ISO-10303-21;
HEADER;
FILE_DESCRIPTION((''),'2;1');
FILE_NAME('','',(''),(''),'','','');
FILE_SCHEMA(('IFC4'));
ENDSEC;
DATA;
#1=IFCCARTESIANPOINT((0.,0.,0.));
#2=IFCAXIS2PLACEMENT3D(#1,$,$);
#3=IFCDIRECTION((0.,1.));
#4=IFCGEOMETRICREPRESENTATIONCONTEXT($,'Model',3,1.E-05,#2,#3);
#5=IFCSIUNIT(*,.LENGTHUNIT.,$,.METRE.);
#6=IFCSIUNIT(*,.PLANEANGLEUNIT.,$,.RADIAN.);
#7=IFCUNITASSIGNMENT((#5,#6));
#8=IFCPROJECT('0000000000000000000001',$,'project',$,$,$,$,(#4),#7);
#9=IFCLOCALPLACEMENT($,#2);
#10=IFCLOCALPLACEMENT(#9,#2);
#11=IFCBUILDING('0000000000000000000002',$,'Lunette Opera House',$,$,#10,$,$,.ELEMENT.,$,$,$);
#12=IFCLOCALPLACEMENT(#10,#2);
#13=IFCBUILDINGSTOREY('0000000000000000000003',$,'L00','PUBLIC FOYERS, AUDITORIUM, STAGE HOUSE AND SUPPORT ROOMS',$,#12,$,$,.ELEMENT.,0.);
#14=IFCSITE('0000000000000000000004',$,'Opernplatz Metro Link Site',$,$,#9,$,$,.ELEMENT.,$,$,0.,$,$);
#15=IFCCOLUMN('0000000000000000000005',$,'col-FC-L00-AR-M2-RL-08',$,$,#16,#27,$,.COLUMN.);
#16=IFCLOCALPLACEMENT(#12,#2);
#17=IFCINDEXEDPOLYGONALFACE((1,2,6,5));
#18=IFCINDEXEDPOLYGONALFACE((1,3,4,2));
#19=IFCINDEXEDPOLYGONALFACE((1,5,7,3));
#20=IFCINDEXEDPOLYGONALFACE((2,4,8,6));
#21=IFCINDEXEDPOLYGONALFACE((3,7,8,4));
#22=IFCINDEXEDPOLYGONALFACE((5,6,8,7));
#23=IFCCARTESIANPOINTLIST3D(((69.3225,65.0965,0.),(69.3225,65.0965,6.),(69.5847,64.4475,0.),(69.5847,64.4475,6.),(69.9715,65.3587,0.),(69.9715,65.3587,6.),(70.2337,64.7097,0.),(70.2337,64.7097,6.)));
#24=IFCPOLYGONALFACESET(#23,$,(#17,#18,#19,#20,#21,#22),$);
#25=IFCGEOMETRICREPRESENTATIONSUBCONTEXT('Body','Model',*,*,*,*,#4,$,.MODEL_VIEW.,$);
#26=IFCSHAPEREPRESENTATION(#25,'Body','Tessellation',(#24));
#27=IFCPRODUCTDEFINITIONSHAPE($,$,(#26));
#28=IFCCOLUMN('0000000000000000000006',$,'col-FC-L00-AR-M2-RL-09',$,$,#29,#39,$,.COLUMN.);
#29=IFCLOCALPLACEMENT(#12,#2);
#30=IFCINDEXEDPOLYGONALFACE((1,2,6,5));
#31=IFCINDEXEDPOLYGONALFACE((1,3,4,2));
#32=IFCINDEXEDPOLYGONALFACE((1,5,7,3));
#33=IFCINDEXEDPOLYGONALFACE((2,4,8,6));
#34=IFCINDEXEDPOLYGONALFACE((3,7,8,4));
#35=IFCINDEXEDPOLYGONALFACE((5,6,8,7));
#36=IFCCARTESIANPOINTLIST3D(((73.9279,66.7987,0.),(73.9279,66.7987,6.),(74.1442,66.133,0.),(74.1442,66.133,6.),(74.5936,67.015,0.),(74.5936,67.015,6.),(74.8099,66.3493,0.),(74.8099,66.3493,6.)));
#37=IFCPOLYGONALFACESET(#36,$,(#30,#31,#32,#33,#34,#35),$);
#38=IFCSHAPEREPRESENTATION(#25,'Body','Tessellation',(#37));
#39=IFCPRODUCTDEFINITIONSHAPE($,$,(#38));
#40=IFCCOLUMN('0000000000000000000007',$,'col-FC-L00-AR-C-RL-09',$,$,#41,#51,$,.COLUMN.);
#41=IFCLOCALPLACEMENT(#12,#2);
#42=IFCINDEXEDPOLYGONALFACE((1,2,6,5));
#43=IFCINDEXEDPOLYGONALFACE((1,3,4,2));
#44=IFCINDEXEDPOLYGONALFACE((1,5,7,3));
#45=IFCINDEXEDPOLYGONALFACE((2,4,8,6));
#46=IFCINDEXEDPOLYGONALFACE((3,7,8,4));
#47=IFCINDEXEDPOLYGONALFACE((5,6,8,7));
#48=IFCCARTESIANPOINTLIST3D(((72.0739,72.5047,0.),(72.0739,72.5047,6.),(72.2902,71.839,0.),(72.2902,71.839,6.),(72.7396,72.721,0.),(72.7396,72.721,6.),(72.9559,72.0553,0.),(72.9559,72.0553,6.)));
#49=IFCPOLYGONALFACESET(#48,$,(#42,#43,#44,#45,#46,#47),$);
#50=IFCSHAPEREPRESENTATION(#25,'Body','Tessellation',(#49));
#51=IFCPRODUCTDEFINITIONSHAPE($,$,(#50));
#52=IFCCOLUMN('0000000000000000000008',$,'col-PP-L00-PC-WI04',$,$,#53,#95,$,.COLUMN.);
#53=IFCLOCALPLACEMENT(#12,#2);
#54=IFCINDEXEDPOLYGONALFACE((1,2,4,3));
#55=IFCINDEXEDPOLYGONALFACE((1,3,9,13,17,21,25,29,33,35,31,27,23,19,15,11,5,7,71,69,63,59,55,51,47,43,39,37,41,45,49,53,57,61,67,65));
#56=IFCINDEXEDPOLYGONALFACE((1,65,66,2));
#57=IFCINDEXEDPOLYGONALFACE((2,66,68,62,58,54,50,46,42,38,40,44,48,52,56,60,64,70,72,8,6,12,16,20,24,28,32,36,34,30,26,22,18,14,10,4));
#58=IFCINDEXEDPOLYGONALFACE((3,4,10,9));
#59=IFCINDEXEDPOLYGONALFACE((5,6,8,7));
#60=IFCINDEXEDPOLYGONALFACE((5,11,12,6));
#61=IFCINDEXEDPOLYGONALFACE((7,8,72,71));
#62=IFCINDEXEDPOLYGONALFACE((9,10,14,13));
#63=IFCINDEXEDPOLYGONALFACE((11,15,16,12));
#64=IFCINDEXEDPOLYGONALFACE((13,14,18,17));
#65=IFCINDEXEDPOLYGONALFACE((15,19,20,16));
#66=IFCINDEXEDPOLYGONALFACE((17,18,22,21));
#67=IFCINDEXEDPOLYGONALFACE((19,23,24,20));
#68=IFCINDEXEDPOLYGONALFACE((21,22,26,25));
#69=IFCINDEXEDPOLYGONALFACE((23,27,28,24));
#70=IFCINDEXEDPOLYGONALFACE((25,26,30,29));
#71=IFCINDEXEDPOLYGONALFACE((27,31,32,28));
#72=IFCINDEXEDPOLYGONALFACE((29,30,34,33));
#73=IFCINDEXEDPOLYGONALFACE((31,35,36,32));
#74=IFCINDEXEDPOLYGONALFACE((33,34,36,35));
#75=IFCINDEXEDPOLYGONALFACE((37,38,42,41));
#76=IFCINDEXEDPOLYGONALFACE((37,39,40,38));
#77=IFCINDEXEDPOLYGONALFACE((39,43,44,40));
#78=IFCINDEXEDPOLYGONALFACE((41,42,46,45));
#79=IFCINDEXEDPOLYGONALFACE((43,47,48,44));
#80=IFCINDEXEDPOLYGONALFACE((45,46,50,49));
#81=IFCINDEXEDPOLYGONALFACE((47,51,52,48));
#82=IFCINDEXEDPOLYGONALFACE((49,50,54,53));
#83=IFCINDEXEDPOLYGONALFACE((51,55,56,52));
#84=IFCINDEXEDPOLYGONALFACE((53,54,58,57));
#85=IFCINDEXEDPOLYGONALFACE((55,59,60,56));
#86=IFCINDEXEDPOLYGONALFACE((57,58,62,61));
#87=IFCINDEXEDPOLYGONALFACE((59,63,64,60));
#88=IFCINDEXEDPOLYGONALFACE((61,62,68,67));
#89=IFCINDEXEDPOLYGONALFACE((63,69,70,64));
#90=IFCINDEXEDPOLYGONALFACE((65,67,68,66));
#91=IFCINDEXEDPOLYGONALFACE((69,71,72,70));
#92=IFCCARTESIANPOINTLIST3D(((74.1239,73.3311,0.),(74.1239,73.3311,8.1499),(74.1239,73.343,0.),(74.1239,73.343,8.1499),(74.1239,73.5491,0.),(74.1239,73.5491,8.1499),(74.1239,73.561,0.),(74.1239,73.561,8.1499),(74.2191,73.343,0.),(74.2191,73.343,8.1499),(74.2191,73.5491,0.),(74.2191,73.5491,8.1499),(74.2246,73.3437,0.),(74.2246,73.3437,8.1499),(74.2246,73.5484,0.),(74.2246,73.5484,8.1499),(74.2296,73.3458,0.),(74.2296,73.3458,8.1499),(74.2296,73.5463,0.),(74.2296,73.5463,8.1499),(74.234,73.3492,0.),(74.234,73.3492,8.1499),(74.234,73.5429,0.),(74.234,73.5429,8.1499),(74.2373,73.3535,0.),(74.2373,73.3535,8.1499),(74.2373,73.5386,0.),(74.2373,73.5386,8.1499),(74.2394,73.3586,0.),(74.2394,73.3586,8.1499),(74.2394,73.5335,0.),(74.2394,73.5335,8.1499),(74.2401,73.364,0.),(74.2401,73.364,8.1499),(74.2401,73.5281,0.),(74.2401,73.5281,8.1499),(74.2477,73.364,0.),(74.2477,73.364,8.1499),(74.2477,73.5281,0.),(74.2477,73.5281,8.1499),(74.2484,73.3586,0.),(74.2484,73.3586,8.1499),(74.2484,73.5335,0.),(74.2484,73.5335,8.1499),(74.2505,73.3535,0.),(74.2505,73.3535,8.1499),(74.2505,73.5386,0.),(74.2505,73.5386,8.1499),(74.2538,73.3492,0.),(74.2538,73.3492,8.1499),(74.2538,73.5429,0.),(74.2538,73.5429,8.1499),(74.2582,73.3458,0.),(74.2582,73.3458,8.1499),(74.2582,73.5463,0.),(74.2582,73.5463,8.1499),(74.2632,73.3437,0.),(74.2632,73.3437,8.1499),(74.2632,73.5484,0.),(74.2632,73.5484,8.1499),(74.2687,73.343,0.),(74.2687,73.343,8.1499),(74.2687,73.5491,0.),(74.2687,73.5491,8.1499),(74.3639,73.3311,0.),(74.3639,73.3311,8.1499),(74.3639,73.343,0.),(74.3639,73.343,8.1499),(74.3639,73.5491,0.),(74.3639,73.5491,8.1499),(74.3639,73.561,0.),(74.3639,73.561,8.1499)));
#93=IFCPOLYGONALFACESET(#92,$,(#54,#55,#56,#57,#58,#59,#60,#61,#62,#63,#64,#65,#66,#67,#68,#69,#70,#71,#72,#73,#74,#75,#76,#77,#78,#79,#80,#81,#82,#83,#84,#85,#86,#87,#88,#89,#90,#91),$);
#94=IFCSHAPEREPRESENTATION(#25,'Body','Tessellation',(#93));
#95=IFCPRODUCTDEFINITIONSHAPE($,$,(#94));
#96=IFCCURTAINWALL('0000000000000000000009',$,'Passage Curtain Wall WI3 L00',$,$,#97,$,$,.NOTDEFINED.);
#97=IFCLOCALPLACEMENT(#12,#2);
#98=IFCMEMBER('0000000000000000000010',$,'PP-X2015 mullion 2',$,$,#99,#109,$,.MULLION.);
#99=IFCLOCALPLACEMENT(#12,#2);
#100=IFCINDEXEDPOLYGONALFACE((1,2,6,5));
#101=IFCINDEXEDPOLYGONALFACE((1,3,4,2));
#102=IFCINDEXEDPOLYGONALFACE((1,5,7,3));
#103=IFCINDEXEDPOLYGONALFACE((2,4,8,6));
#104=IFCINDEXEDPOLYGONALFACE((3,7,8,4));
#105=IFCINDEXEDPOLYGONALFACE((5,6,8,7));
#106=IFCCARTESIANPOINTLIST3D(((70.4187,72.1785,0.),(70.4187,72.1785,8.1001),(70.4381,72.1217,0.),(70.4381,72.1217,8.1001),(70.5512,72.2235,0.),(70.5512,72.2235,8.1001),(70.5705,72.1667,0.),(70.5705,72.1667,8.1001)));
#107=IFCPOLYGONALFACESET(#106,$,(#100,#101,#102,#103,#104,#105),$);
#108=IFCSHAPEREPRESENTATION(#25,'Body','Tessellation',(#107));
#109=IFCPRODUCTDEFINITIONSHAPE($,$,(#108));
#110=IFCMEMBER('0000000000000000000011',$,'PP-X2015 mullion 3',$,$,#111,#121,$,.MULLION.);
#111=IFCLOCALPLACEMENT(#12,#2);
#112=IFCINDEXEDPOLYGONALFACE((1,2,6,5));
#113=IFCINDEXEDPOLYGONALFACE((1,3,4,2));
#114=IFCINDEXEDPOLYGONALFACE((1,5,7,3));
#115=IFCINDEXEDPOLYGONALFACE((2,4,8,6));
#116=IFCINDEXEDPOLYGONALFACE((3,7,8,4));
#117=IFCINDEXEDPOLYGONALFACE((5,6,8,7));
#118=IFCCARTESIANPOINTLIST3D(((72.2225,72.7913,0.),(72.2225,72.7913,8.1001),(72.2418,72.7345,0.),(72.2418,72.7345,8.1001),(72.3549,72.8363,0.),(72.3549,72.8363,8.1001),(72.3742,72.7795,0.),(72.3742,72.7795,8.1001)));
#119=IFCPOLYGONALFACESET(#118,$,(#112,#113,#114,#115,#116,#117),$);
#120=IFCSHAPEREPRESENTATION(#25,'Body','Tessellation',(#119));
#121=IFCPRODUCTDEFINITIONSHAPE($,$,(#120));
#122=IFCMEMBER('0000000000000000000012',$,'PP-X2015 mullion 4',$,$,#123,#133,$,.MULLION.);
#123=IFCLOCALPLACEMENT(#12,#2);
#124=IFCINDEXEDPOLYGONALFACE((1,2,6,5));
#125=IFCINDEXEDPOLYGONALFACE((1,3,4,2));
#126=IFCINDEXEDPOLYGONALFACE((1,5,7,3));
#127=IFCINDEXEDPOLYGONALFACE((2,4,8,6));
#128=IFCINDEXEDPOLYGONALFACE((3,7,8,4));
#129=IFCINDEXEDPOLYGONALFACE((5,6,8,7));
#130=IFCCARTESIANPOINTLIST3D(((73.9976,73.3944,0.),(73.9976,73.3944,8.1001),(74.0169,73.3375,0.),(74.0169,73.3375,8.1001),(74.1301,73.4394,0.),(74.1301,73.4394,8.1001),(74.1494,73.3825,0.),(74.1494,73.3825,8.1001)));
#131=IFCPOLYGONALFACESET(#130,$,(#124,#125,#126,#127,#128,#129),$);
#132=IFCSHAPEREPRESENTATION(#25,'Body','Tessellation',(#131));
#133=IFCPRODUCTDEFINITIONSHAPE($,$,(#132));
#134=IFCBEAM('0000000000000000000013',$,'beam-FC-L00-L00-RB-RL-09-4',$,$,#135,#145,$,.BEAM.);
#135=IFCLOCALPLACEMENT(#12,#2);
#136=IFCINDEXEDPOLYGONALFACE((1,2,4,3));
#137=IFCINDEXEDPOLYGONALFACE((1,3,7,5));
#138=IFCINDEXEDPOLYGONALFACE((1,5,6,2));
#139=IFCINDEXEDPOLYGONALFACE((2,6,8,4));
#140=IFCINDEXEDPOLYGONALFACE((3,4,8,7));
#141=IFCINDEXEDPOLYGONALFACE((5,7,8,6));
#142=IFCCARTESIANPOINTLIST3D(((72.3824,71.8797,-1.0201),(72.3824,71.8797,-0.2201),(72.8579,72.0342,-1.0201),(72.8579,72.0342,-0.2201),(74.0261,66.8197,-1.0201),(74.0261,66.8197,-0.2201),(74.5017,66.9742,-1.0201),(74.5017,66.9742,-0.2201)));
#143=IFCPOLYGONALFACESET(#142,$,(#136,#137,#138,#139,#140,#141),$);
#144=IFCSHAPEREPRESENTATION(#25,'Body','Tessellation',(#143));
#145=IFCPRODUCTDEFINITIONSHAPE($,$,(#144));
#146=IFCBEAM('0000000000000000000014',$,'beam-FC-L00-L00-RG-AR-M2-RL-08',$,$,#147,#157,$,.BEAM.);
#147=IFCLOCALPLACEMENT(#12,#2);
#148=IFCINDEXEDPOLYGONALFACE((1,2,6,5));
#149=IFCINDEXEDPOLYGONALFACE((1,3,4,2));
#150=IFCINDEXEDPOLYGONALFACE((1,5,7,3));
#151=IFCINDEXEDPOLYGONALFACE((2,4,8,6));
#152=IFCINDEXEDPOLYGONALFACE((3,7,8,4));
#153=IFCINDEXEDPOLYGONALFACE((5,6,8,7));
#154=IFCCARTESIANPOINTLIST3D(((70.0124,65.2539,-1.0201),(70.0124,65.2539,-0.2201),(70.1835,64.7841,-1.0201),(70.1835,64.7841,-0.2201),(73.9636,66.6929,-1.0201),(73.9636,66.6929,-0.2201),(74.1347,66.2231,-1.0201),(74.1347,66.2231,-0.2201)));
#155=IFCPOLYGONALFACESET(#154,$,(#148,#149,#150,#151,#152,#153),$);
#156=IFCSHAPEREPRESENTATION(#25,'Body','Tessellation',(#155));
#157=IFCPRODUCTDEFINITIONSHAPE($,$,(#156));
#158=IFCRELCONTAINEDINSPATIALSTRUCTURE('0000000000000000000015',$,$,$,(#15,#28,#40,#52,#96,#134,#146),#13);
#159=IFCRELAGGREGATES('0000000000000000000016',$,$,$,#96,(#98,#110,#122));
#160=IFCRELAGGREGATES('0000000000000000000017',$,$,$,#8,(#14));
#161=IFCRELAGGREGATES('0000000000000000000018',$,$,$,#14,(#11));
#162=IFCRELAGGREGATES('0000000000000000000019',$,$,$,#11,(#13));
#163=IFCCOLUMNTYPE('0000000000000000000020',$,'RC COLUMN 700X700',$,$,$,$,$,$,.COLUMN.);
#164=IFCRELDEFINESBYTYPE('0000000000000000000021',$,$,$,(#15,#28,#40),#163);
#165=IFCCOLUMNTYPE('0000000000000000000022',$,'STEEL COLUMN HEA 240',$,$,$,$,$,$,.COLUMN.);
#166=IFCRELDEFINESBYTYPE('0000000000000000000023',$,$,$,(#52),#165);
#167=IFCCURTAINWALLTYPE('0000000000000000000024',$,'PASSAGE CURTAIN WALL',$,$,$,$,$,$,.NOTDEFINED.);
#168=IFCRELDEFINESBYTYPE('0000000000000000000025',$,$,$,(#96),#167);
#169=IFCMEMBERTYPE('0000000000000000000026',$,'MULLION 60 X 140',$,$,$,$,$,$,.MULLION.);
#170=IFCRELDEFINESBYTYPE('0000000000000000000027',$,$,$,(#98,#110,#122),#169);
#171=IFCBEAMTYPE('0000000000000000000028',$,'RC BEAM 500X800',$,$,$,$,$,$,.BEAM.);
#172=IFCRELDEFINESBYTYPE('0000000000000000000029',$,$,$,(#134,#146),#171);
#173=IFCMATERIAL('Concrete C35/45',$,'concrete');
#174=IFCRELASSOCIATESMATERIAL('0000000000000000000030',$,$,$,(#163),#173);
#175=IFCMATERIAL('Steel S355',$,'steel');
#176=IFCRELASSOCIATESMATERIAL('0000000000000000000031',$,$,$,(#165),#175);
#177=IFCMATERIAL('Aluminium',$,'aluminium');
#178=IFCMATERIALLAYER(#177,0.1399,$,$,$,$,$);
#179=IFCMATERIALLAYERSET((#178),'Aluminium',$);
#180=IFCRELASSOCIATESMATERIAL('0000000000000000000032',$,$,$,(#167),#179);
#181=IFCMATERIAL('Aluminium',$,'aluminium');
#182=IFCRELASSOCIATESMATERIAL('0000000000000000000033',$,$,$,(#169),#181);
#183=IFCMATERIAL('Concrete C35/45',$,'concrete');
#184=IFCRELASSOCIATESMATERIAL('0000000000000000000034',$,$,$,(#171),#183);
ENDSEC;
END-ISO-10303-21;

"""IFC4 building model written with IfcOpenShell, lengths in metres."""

from ifc_helpers import new_model, si_unit, direction, frame, origin, origin_2d, place, context, subcontext, project, spatial, rectangle, i_section, extrude, material, layer, layer_set, material_profile, profile_set, type_object, element, aggregate, save


model = new_model("IFC4")

# Units and contexts
model_context = context("Model", 3, precision=1e-05, world=origin(), true_north=direction((0.0, 1.0)))
body_context = subcontext(model_context, "Body", "Model", "MODEL_VIEW")
ifc_project = project(units=[si_unit("LENGTHUNIT", "METRE"), si_unit("PLANEANGLEUNIT", "RADIAN")], contexts=[model_context])

# Site, building, storey
site_placement = place(None, origin())
site = spatial("IfcSite", under=ifc_project, at=site_placement, Name="Opernplatz Metro Link Site", CompositionType="ELEMENT", RefElevation=0.0)
building_placement = place(site_placement, origin())
building = spatial("IfcBuilding", under=site, at=building_placement, Name="Lunette Opera House", CompositionType="ELEMENT")
storey_placement = place(building_placement, origin())
storey = spatial("IfcBuildingStorey", under=building, at=storey_placement, Name="L00", Description="PUBLIC FOYERS, AUDITORIUM, STAGE HOUSE AND SUPPORT ROOMS", CompositionType="ELEMENT", Elevation=0.0)

# Columns
ifc_material_1 = material(Name="Concrete C35/45", Category="concrete")
ifc_material_profile_1 = material_profile(ifc_material_1, rectangle(XDim=0.7, YDim=0.7, at=origin_2d()), Name="RC COLUMN 700X700")
ifc_profile_set_1 = profile_set([ifc_material_profile_1], Name="Concrete C35/45")
column_type_1 = type_object("IfcColumnType", Name="RC COLUMN 700X700", PredefinedType="COLUMN", material=ifc_profile_set_1)
for number, where, z_axis, x_axis, name in (
    (1, (69.7781, 64.9031, 0.0), (0.0, 0.0, 1.0), (0.927184, 0.374607, 0.0), "col-FC-L00-AR-M2-RL-08"),
    (2, (74.3689, 66.574, 0.0), (0.0, 0.0, 1.0), (0.951057, 0.309017, 0.0), "col-FC-L00-AR-M2-RL-09"),
    (3, (72.5149, 72.28, 0.0), (0.0, 0.0, 1.0), (0.951057, 0.309017, 0.0), "col-FC-L00-AR-C-RL-09"),
):
    element("IfcColumn", number, at=place(storey_placement, frame(where, z_axis=z_axis, x_axis=x_axis)), inside=storey, type_object=column_type_1, Name=name, PredefinedType="COLUMN", context=body_context, shape_type="SweptSolid", body=[
        extrude(rectangle(XDim=0.7, YDim=0.7, at=origin_2d()), origin(), (0.0, 0.0, 1.0), 6.0),
    ])
ifc_material_2 = material(Name="Steel S355", Category="steel")
ifc_material_profile_2 = material_profile(ifc_material_2, i_section(OverallWidth=0.24, OverallDepth=0.23, WebThickness=0.0076, FlangeThickness=0.012, FilletRadius=0.021, at=origin_2d()), Name="HEA 240")
ifc_profile_set_2 = profile_set([ifc_material_profile_2], Name="Steel S355")
column_type_2 = type_object("IfcColumnType", Name="STEEL COLUMN HEA 240", PredefinedType="COLUMN", material=ifc_profile_set_2)
column_placement = place(storey_placement, frame((74.2439, 73.446, 0.0), z_axis=(0.0, 0.0, 1.0), x_axis=(1.0, 0.0, 0.0)))
element("IfcColumn", 4, at=column_placement, inside=storey, type_object=column_type_2, Name="col-PP-L00-PC-WI04", PredefinedType="COLUMN", context=body_context, shape_type="SweptSolid", body=[
    extrude(i_section(OverallWidth=0.24, OverallDepth=0.23, WebThickness=0.0076, FlangeThickness=0.012, FilletRadius=0.021, at=origin_2d()), origin(), (0.0, 0.0, 1.0), 8.1499),
])

# Curtain wall, members
ifc_material_3 = material(Name="Aluminium", Category="aluminium")
ifc_layer_1 = layer(ifc_material_3, 0.1399)
ifc_layer_set_1 = layer_set([ifc_layer_1], Name="Aluminium")
curtain_wall_type = type_object("IfcCurtainWallType", Name="PASSAGE CURTAIN WALL", PredefinedType="NOTDEFINED", material=ifc_layer_set_1)
curtain_wall_placement = place(storey_placement, origin())
curtain_wall = element("IfcCurtainWall", 5, at=curtain_wall_placement, inside=storey, type_object=curtain_wall_type, Name="Passage Curtain Wall WI3 L00", PredefinedType="NOTDEFINED")
ifc_material_4 = material(Name="Aluminium", Category="aluminium")
ifc_material_profile_3 = material_profile(ifc_material_4, rectangle(XDim=0.0601, YDim=0.1399, at=origin_2d()), Name="MULLION 60 X 140")
ifc_profile_set_3 = profile_set([ifc_material_profile_3], Name="Aluminium")
member_type_1 = type_object("IfcMemberType", Name="MULLION 60 X 140", PredefinedType="MULLION", material=ifc_profile_set_3)
member_1_placement = place(storey_placement, frame((70.4946, 72.1726, 0.0), z_axis=(0.0, 0.0, 1.0), x_axis=(-0.32163, 0.946866, 0.0)))
member_1 = element("IfcMember", 6, at=member_1_placement, type_object=member_type_1, Name="PP-X2015 mullion 2", PredefinedType="MULLION", context=body_context, shape_type="SweptSolid", body=[
    extrude(rectangle(XDim=0.0601, YDim=0.1399, at=origin_2d()), origin(), (0.0, 0.0, 1.0), 8.1001),
])
member_2_placement = place(storey_placement, frame((72.2983, 72.7854, 0.0), z_axis=(0.0, 0.0, 1.0), x_axis=(-0.32163, 0.946866, 0.0)))
member_2 = element("IfcMember", 7, at=member_2_placement, type_object=member_type_1, Name="PP-X2015 mullion 3", PredefinedType="MULLION", context=body_context, shape_type="SweptSolid", body=[
    extrude(rectangle(XDim=0.0601, YDim=0.1399, at=origin_2d()), origin(), (0.0, 0.0, 1.0), 8.1001),
])
member_3_placement = place(storey_placement, frame((74.0735, 73.3884, 0.0), z_axis=(0.0, 0.0, 1.0), x_axis=(-0.32163, 0.946866, 0.0)))
member_3 = element("IfcMember", 8, at=member_3_placement, type_object=member_type_1, Name="PP-X2015 mullion 4", PredefinedType="MULLION", context=body_context, shape_type="SweptSolid", body=[
    extrude(rectangle(XDim=0.0601, YDim=0.1399, at=origin_2d()), origin(), (0.0, 0.0, 1.0), 8.1001),
])

# Beams
ifc_material_5 = material(Name="Concrete C35/45", Category="concrete")
ifc_material_profile_4 = material_profile(ifc_material_5, rectangle(XDim=0.5, YDim=0.8, at=origin_2d()), Name="RC BEAM 500X800")
ifc_profile_set_4 = profile_set([ifc_material_profile_4], Name="Concrete C35/45")
beam_type_1 = type_object("IfcBeamType", Name="RC BEAM 500X800", PredefinedType="BEAM", material=ifc_profile_set_4)
beam_1_placement = place(storey_placement, frame((74.2639, 66.897, -0.6201), z_axis=(-0.308964, 0.951074, 0.0), x_axis=(-0.951074, -0.308964, 0.0)))
element("IfcBeam", 9, at=beam_1_placement, inside=storey, type_object=beam_type_1, Name="beam-FC-L00-L00-RB-RL-09-4", PredefinedType="BEAM", context=body_context, shape_type="SweptSolid", body=[
    extrude(rectangle(XDim=0.5, YDim=0.8, at=origin_2d()), origin(), (0.0, 0.0, 1.0), 5.3203),
])
beam_2_placement = place(storey_placement, frame((70.0979, 65.019, -0.6201), z_axis=(0.939627, 0.3422, 0.0), x_axis=(-0.3422, 0.939627, 0.0)))
element("IfcBeam", 10, at=beam_2_placement, inside=storey, type_object=beam_type_1, Name="beam-FC-L00-L00-RG-AR-M2-RL-08", PredefinedType="BEAM", context=body_context, shape_type="SweptSolid", body=[
    extrude(rectangle(XDim=0.5, YDim=0.8, at=origin_2d()), origin(), (0.0, 0.0, 1.0), 4.2051),
])

aggregate(curtain_wall, [member_1, member_2, member_3])

save(model, "model.ifc")
